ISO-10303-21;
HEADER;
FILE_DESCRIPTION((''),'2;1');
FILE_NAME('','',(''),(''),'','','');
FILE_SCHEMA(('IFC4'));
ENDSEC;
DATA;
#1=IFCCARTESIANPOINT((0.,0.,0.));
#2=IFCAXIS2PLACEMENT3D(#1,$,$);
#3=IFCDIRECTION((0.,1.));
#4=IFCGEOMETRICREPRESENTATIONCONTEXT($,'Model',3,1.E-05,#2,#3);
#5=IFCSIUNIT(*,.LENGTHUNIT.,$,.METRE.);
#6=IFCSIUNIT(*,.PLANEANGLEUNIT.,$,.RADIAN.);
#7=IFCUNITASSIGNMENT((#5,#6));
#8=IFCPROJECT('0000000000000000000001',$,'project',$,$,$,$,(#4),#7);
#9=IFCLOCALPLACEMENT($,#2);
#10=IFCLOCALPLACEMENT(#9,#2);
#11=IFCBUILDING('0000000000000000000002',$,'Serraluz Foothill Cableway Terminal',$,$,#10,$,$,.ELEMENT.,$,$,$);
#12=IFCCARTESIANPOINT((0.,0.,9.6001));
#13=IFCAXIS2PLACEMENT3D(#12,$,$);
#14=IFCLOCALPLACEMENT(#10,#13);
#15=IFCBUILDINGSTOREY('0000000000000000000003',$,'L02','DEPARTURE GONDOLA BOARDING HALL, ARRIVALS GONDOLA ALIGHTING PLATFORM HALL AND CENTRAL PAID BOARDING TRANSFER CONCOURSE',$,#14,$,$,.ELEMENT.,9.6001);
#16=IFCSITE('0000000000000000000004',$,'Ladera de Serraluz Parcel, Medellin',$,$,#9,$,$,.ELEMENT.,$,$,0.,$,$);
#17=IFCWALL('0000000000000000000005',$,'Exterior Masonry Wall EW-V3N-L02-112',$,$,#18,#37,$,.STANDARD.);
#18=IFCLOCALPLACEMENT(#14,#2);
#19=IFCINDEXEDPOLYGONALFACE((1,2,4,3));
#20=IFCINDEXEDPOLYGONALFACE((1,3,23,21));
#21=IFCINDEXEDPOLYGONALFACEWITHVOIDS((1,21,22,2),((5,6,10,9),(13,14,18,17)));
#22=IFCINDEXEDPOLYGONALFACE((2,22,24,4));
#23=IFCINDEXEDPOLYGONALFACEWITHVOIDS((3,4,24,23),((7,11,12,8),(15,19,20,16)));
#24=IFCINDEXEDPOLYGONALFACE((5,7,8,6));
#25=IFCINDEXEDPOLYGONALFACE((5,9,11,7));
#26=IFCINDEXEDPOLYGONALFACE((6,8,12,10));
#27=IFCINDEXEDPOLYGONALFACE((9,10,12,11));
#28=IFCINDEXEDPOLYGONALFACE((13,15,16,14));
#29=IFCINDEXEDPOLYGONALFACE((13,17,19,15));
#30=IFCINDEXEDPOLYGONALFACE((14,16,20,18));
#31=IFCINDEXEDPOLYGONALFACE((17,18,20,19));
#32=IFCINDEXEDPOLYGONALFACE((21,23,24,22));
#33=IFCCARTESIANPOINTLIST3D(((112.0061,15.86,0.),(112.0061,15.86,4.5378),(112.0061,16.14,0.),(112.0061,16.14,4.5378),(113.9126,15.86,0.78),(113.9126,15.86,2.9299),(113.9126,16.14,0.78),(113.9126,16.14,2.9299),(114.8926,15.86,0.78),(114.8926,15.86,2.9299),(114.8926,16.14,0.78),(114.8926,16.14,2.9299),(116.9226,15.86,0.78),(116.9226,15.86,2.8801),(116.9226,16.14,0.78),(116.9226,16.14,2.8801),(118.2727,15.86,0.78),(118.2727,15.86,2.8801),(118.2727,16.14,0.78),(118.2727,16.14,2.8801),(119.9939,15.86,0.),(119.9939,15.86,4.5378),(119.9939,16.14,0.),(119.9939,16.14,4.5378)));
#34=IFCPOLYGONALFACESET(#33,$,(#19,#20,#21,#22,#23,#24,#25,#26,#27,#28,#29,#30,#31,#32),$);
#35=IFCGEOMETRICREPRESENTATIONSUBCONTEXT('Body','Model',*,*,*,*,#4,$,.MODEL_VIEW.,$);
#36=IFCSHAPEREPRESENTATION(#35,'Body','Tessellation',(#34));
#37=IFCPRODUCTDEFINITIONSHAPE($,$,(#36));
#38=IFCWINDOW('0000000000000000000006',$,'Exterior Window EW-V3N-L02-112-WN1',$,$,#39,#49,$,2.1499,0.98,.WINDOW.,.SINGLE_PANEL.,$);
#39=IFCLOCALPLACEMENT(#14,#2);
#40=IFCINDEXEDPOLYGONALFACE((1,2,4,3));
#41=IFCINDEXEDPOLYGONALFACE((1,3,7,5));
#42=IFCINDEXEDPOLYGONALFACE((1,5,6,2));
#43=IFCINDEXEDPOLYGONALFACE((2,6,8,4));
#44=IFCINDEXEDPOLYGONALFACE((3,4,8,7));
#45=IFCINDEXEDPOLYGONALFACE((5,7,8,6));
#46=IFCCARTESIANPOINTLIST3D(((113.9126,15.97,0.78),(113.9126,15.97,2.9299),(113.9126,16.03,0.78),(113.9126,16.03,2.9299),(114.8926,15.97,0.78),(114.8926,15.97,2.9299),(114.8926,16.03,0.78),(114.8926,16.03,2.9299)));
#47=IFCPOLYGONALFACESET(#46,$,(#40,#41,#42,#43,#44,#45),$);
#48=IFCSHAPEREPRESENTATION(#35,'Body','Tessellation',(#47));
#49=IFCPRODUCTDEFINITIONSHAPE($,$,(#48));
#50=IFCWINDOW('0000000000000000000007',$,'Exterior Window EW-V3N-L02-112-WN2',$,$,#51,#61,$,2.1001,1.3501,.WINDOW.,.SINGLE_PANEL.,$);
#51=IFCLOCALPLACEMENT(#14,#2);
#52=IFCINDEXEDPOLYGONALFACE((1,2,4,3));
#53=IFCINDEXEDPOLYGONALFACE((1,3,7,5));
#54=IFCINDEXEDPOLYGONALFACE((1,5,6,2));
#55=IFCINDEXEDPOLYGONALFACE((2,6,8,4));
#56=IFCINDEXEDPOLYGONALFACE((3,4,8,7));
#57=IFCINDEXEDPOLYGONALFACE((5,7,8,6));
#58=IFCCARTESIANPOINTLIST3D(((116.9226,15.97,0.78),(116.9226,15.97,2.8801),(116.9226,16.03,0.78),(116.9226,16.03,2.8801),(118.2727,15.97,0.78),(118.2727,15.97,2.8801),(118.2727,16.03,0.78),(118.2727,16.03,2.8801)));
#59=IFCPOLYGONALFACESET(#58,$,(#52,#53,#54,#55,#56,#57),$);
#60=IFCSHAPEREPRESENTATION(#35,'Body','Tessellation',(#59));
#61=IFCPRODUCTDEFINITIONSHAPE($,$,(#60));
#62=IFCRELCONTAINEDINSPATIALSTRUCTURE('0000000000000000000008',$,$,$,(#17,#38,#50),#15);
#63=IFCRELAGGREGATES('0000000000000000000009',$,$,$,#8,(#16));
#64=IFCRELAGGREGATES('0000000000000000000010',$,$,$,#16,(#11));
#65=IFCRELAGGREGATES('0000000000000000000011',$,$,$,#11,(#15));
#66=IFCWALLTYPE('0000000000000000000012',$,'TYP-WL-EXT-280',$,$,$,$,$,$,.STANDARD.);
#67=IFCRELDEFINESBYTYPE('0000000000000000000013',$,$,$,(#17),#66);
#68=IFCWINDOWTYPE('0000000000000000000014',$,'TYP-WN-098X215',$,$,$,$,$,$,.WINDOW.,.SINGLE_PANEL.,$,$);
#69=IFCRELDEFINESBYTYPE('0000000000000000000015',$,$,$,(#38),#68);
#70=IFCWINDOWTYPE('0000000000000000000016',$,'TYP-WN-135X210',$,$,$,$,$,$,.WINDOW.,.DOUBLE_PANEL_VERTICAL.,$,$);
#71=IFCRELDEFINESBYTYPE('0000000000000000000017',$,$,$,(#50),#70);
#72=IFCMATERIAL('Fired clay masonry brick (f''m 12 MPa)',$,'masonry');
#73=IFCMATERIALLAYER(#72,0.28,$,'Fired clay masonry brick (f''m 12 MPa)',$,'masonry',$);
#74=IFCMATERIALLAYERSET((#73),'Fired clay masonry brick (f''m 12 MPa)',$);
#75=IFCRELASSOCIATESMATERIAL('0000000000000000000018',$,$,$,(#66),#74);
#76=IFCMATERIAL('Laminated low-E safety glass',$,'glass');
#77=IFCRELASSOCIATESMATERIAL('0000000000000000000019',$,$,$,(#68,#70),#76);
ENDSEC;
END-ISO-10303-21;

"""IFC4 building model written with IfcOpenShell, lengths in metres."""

from ifc_helpers import new_model, si_unit, direction, frame, frame_2d, origin, place, context, subcontext, project, spatial, rectangle, extrude, material, layer, layer_set, type_object, element, fill, save


model = new_model("IFC4")

# Units and contexts
model_context = context("Model", 3, precision=1e-05, world=origin(), true_north=direction((0.0, 1.0)))
body_context = subcontext(model_context, "Body", "Model", "MODEL_VIEW")
ifc_project = project(units=[si_unit("LENGTHUNIT", "METRE"), si_unit("PLANEANGLEUNIT", "RADIAN")], contexts=[model_context])

# Site, building, storey
site_placement = place(None, origin())
site = spatial("IfcSite", under=ifc_project, at=site_placement, Name="Ladera de Serraluz Parcel, Medellin", CompositionType="ELEMENT", RefElevation=0.0)
building_placement = place(site_placement, origin())
building = spatial("IfcBuilding", under=site, at=building_placement, Name="Serraluz Foothill Cableway Terminal", CompositionType="ELEMENT")
storey_placement = place(building_placement, frame((0.0, 0.0, 9.6001)))
storey = spatial("IfcBuildingStorey", under=building, at=storey_placement, Name="L02", Description="DEPARTURE GONDOLA BOARDING HALL, ARRIVALS GONDOLA ALIGHTING PLATFORM HALL AND CENTRAL PAID BOARDING TRANSFER CONCOURSE", CompositionType="ELEMENT", Elevation=9.6001)

# Shared definitions
ifc_material_1 = material(Name="Fired clay masonry brick (f'm 12 MPa)", Category="masonry")

# Wall, openings, windows
ifc_layer_1 = layer(ifc_material_1, 0.28, Name="Fired clay masonry brick (f'm 12 MPa)", Category="masonry")
ifc_layer_set_1 = layer_set([ifc_layer_1], Name="Fired clay masonry brick (f'm 12 MPa)")
wall_type = type_object("IfcWallType", Name="TYP-WL-EXT-280", PredefinedType="STANDARD", material=ifc_layer_set_1)
wall_placement = place(storey_placement, frame((112.0061, 16.0, 0.0), z_axis=(0.0, 0.0, 1.0), x_axis=(1.0, 0.0, 0.0)))
wall = element("IfcWall", 1, at=wall_placement, inside=storey, type_object=wall_type, Name="Exterior Masonry Wall EW-V3N-L02-112", PredefinedType="STANDARD", context=body_context, shape_type="SweptSolid", body=[
    extrude(rectangle(XDim=7.9878, YDim=0.28, at=frame_2d((3.9939, 0.0))), origin(), (0.0, 0.0, 1.0), 4.5378),
])
opening_1_placement = place(wall_placement, frame((1.9065, 0.0, 0.78)))
opening_1 = element("IfcOpeningElement", 2, at=opening_1_placement, cuts=wall, PredefinedType="OPENING", context=body_context, shape_type="SweptSolid", body=[
    extrude(rectangle(XDim=0.98, YDim=2.1499, at=frame_2d((0.49, 1.075))), frame((0.0, 0.1499, 0.0), z_axis=(0.0, -1.0, 0.0), x_axis=(1.0, 0.0, 0.0)), (0.0, 0.0, 1.0), 0.3),
])
opening_2_placement = place(wall_placement, frame((4.9165, 0.0, 0.78)))
opening_2 = element("IfcOpeningElement", 3, at=opening_2_placement, cuts=wall, PredefinedType="OPENING", context=body_context, shape_type="SweptSolid", body=[
    extrude(rectangle(XDim=1.3501, YDim=2.1001, at=frame_2d((0.675, 1.05))), frame((0.0, 0.1499, 0.0), z_axis=(0.0, -1.0, 0.0), x_axis=(1.0, 0.0, 0.0)), (0.0, 0.0, 1.0), 0.3),
])
ifc_material_2 = material(Name="Laminated low-E safety glass", Category="glass")
window_type_1 = type_object("IfcWindowType", Name="TYP-WN-098X215", PartitioningType="SINGLE_PANEL", PredefinedType="WINDOW", material=ifc_material_2)
window_1_placement = place(opening_1_placement, origin())
window_1 = element("IfcWindow", 4, at=window_1_placement, inside=storey, type_object=window_type_1, Name="Exterior Window EW-V3N-L02-112-WN1", OverallHeight=2.1499, OverallWidth=0.98, PartitioningType="SINGLE_PANEL", PredefinedType="WINDOW", context=body_context, shape_type="SweptSolid", body=[
    extrude(rectangle(XDim=0.98, YDim=2.1499, at=frame_2d((0.49, 1.075))), frame((0.0, 0.03, 0.0), z_axis=(0.0, -1.0, 0.0), x_axis=(1.0, 0.0, 0.0)), (0.0, 0.0, 1.0), 0.0601),
])
fill(opening_1, window_1)
window_type_2 = type_object("IfcWindowType", Name="TYP-WN-135X210", PartitioningType="DOUBLE_PANEL_VERTICAL", PredefinedType="WINDOW", material=ifc_material_2)
window_2_placement = place(opening_2_placement, origin())
window_2 = element("IfcWindow", 5, at=window_2_placement, inside=storey, type_object=window_type_2, Name="Exterior Window EW-V3N-L02-112-WN2", OverallHeight=2.1001, OverallWidth=1.3501, PartitioningType="SINGLE_PANEL", PredefinedType="WINDOW", context=body_context, shape_type="SweptSolid", body=[
    extrude(rectangle(XDim=1.3501, YDim=2.1001, at=frame_2d((0.675, 1.05))), frame((0.0, 0.03, 0.0), z_axis=(0.0, -1.0, 0.0), x_axis=(1.0, 0.0, 0.0)), (0.0, 0.0, 1.0), 0.0601),
])
fill(opening_2, window_2)

save(model, "model.ifc")
